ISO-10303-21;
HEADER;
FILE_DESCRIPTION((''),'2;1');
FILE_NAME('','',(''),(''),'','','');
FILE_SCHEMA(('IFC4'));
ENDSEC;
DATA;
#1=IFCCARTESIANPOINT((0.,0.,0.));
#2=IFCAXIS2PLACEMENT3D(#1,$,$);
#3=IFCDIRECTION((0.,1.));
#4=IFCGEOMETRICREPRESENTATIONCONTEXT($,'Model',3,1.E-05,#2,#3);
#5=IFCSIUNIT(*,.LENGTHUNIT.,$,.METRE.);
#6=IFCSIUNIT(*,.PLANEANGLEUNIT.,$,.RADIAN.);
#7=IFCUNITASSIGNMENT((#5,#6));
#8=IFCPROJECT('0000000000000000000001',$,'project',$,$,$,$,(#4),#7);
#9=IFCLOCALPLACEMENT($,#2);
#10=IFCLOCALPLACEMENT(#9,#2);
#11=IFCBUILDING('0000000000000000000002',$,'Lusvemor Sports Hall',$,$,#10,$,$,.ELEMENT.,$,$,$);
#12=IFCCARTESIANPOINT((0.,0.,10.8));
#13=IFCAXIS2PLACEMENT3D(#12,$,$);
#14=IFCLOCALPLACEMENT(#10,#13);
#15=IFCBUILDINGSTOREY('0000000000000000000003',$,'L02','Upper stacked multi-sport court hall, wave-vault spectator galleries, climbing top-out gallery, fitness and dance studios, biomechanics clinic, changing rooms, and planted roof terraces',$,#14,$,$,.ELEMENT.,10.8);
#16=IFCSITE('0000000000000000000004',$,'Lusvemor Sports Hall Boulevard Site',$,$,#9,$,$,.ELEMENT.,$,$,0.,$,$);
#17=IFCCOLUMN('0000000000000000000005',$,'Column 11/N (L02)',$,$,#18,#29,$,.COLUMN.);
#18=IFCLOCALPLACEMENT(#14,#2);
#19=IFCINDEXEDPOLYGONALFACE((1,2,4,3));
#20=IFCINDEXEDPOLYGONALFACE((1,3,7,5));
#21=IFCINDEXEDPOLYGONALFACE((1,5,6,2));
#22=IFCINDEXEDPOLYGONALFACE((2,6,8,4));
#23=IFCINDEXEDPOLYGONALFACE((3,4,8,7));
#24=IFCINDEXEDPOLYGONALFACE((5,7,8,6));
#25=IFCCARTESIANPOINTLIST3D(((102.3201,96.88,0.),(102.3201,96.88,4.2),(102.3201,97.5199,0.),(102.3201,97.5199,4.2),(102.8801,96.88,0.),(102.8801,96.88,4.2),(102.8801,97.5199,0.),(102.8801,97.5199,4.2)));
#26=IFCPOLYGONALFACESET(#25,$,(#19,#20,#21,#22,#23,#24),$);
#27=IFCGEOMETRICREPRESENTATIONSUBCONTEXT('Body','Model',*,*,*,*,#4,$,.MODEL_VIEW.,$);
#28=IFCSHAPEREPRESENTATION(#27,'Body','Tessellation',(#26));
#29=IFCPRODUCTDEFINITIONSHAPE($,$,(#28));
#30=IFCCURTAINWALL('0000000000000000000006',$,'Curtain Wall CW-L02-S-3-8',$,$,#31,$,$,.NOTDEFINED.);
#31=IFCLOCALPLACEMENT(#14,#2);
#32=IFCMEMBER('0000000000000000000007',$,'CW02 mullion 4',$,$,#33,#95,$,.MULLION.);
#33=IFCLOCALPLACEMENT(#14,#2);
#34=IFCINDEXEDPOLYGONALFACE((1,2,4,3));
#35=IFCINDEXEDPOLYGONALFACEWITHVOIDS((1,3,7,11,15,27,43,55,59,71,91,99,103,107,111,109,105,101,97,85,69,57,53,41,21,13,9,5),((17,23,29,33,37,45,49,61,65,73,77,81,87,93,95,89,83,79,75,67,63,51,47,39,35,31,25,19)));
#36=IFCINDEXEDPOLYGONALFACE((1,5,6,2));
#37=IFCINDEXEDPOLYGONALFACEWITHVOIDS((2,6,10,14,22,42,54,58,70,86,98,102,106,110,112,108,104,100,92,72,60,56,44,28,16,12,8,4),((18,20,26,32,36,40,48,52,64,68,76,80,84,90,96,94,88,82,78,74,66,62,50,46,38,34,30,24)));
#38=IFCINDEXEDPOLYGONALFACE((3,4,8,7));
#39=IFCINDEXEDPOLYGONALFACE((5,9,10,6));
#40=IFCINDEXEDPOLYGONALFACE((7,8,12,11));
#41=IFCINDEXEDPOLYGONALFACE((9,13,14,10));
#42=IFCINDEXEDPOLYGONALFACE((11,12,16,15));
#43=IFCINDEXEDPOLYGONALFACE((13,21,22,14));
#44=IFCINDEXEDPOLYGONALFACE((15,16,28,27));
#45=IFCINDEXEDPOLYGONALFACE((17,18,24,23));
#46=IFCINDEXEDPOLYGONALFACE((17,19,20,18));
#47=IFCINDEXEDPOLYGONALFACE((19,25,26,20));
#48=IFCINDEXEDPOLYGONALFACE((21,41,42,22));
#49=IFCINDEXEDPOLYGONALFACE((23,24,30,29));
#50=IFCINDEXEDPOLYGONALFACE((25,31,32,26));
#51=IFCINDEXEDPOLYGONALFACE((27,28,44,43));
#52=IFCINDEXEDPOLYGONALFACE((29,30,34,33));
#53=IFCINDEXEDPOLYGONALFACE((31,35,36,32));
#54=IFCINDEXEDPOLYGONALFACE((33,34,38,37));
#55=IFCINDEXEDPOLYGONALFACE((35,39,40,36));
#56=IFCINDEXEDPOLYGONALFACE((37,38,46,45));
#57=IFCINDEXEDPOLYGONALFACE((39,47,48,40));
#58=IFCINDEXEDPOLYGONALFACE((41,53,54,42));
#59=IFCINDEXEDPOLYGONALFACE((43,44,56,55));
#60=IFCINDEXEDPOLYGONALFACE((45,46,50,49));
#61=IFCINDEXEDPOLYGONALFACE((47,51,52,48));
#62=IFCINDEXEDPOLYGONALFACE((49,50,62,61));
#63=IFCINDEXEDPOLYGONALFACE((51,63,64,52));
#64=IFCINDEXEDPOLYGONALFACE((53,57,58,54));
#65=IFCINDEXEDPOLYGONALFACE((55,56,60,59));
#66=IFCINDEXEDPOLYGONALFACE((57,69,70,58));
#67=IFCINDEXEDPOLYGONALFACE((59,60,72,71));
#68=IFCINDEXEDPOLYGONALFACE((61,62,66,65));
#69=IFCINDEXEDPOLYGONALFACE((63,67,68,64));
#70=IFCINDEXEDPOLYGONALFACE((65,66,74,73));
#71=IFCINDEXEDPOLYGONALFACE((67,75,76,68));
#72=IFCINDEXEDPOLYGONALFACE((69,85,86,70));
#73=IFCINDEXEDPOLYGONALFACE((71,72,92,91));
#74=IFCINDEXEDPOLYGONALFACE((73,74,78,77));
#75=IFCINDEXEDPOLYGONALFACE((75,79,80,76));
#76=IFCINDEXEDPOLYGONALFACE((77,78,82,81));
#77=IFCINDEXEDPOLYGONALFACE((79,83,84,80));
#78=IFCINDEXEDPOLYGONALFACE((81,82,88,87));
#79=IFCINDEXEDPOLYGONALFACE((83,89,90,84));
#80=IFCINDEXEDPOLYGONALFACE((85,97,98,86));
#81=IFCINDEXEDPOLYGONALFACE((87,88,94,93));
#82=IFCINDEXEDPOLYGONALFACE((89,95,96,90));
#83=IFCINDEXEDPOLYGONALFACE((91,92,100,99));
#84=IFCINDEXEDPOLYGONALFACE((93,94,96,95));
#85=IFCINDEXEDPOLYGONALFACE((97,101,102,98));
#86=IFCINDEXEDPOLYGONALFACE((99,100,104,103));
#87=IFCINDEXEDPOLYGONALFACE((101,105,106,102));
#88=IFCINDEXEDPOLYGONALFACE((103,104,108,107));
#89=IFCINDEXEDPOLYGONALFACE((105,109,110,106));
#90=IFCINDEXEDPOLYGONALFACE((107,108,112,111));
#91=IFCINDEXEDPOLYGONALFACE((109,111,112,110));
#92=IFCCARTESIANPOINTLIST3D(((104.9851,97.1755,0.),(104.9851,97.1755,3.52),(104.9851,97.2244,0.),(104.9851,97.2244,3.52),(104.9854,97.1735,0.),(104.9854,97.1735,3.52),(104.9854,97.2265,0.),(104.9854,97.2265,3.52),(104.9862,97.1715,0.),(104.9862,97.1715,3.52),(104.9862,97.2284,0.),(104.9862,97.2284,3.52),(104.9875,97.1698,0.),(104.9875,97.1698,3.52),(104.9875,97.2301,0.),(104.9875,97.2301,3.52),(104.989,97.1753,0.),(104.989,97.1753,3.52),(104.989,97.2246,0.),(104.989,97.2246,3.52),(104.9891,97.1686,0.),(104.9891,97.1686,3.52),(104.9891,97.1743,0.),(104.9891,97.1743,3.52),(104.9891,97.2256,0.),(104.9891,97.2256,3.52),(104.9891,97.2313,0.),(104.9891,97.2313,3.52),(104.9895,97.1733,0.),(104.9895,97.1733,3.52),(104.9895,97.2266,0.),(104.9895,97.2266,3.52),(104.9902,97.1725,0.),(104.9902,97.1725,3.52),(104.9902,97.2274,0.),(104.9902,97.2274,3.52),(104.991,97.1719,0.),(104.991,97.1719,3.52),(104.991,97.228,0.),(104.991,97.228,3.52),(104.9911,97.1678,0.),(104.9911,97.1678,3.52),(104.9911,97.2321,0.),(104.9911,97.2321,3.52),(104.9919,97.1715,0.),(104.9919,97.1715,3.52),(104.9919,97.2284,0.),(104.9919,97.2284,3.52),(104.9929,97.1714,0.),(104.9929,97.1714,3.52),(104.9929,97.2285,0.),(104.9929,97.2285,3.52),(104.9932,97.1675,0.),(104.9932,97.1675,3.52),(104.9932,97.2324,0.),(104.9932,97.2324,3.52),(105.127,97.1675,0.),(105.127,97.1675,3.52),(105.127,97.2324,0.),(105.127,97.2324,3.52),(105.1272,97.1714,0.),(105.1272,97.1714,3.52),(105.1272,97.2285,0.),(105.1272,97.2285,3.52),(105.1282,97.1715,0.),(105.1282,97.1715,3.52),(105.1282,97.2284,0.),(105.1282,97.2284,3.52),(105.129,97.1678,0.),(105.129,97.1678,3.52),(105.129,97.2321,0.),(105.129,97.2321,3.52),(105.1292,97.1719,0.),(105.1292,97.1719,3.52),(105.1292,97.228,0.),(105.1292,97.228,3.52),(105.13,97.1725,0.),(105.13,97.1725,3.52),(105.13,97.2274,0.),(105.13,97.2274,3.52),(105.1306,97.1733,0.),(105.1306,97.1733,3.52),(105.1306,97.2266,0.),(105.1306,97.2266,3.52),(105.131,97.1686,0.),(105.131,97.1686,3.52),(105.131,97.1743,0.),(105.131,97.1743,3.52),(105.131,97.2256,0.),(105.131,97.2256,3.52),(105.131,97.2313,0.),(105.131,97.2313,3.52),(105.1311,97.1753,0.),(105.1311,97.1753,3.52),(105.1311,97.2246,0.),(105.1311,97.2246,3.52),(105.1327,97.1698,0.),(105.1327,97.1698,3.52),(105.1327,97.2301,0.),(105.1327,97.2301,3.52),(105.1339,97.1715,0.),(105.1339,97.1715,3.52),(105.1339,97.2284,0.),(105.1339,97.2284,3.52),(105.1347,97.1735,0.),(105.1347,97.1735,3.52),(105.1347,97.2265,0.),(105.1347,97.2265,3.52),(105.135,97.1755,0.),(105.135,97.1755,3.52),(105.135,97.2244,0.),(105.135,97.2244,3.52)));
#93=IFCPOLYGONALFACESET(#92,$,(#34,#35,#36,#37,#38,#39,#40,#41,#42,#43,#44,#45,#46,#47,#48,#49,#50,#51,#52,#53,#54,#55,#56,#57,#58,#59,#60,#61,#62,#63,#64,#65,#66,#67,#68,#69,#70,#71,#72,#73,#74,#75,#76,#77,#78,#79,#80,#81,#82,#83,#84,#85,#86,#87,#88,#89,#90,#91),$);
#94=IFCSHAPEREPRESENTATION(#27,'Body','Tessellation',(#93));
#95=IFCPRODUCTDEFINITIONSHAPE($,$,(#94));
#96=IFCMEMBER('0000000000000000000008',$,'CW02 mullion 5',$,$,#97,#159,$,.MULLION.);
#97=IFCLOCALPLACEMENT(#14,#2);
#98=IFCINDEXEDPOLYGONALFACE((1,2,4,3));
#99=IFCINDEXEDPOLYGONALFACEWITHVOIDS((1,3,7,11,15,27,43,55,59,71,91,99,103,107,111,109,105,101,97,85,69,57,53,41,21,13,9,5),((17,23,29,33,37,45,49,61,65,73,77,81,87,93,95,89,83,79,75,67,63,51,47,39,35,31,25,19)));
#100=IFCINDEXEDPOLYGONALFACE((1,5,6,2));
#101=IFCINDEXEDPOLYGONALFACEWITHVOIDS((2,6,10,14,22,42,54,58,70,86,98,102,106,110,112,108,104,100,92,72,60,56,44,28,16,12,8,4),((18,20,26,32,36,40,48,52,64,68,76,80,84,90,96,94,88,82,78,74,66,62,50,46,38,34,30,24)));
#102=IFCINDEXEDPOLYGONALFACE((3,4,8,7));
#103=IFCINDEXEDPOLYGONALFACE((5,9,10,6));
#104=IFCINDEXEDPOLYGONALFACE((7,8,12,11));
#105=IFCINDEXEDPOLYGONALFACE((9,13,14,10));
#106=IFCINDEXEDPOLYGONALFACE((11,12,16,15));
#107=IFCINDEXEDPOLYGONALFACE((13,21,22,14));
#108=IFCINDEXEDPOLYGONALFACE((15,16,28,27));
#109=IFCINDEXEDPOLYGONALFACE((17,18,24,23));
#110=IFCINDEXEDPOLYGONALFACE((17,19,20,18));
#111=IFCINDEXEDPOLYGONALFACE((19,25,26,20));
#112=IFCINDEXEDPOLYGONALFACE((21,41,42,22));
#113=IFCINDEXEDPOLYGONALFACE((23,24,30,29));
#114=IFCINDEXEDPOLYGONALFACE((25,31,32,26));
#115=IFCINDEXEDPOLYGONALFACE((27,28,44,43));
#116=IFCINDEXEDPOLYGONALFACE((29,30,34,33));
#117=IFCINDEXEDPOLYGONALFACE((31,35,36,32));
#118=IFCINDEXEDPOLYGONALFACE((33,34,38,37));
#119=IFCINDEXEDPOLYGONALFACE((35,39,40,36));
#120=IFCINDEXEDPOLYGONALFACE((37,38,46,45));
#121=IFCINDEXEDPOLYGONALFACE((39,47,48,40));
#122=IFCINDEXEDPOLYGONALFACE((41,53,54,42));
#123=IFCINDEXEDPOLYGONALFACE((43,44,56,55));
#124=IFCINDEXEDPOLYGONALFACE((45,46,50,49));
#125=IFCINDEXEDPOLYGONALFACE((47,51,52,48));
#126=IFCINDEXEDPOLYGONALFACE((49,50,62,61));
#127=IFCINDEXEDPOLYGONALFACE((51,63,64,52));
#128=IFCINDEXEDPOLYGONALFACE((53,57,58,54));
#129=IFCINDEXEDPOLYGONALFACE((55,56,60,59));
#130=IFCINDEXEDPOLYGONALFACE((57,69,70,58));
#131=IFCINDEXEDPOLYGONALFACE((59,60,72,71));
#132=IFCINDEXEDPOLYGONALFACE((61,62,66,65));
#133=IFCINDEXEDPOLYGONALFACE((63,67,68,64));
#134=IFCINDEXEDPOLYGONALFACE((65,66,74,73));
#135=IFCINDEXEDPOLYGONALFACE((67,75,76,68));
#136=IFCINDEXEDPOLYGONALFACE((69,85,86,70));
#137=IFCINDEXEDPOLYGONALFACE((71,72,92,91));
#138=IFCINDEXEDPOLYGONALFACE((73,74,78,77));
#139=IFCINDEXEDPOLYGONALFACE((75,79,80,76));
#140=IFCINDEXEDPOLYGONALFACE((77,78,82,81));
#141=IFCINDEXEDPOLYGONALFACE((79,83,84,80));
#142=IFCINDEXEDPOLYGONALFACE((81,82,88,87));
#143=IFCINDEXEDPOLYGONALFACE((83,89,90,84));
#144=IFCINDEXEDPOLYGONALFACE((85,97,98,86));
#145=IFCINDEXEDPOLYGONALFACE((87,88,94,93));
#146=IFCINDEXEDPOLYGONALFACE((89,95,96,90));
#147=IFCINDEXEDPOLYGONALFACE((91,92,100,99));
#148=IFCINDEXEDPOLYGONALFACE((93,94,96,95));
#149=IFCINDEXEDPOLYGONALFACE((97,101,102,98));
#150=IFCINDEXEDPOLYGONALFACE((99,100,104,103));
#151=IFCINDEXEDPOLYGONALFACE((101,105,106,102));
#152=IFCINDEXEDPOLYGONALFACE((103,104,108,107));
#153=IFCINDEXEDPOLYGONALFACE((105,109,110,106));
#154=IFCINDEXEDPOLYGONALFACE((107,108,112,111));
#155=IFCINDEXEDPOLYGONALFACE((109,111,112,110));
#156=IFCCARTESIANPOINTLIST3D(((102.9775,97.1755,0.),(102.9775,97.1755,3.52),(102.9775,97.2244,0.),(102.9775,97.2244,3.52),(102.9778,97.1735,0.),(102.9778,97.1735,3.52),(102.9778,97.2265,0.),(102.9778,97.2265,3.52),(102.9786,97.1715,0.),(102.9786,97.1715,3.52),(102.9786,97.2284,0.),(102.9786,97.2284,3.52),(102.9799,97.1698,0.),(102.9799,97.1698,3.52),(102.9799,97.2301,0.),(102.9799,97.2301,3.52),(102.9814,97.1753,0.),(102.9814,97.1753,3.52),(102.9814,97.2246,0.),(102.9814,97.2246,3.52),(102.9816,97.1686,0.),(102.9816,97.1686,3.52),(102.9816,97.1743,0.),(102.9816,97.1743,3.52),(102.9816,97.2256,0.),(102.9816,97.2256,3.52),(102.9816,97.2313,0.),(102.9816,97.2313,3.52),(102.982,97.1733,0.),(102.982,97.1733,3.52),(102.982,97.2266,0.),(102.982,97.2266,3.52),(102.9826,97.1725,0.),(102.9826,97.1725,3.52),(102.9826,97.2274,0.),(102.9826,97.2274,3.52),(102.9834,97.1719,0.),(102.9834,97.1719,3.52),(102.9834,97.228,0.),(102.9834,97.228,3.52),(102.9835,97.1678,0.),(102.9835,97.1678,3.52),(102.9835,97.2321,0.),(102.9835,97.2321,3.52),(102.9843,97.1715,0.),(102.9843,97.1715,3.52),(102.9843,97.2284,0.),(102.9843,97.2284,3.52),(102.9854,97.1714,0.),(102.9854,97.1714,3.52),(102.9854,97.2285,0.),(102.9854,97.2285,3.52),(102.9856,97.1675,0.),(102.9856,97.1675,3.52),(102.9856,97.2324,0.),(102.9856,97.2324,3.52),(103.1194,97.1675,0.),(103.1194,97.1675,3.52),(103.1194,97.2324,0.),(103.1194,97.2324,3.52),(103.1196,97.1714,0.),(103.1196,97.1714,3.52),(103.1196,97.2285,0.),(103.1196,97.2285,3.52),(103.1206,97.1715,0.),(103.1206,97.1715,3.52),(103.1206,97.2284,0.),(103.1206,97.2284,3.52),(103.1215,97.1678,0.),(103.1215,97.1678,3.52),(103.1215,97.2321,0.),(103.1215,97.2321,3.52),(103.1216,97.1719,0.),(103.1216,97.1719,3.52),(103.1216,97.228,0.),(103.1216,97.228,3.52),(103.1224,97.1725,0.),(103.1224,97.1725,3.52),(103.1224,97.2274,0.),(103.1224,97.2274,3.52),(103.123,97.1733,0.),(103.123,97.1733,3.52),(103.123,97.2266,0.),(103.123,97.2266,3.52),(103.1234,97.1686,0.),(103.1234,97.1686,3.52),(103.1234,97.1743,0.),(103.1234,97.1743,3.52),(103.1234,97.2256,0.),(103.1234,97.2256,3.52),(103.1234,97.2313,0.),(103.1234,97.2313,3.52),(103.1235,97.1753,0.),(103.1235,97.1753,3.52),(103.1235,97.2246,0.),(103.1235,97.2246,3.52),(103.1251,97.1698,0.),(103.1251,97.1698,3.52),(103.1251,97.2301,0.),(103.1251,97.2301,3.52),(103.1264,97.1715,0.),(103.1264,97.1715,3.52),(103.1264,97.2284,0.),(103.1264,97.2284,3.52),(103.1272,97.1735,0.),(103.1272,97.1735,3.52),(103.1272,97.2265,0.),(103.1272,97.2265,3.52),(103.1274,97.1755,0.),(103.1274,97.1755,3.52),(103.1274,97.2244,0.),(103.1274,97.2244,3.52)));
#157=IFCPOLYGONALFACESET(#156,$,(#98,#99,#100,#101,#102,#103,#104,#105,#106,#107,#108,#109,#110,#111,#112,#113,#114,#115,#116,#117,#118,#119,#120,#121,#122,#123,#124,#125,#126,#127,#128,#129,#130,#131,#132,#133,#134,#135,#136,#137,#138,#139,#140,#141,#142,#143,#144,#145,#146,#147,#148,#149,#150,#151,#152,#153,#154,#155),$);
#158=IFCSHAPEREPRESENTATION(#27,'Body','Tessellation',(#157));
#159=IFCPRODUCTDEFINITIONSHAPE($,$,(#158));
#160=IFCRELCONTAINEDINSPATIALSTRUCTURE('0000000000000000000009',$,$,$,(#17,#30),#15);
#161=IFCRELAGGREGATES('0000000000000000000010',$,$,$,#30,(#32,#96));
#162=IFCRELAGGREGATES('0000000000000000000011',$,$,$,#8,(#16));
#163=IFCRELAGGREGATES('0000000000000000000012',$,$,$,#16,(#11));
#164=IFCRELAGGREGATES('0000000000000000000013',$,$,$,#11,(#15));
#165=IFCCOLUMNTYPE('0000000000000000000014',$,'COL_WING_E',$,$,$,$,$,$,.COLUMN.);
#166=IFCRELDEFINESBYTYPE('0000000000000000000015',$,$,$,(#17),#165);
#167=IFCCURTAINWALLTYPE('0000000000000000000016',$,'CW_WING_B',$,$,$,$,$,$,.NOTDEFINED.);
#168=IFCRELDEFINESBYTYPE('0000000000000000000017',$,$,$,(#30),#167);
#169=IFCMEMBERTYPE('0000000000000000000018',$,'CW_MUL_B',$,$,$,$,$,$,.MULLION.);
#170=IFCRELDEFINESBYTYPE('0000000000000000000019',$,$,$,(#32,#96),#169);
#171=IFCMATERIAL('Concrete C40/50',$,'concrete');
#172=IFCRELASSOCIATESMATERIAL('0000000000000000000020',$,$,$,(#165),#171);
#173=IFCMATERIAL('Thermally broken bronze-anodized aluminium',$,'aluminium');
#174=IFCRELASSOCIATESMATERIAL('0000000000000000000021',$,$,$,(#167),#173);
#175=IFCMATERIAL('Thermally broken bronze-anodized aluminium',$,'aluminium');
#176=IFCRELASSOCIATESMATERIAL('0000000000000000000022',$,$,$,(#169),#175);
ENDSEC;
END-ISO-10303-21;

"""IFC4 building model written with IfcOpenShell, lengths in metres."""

from ifc_helpers import new_model, si_unit, direction, frame, origin, origin_2d, place, context, subcontext, project, spatial, rectangle, hollow_rectangle, extrude, material, material_profile, profile_set, type_object, element, aggregate, save


model = new_model("IFC4")

# Units and contexts
model_context = context("Model", 3, precision=1e-05, world=origin(), true_north=direction((0.0, 1.0)))
body_context = subcontext(model_context, "Body", "Model", "MODEL_VIEW")
ifc_project = project(units=[si_unit("LENGTHUNIT", "METRE"), si_unit("PLANEANGLEUNIT", "RADIAN")], contexts=[model_context])

# Site, building, storey
site_placement = place(None, origin())
site = spatial("IfcSite", under=ifc_project, at=site_placement, Name="Lusvemor Sports Hall Boulevard Site", CompositionType="ELEMENT", RefElevation=0.0)
building_placement = place(site_placement, origin())
building = spatial("IfcBuilding", under=site, at=building_placement, Name="Lusvemor Sports Hall", CompositionType="ELEMENT")
storey_placement = place(building_placement, frame((0.0, 0.0, 10.8)))
storey = spatial("IfcBuildingStorey", under=building, at=storey_placement, Name="L02", Description="Upper stacked multi-sport court hall, wave-vault spectator galleries, climbing top-out gallery, fitness and dance studios, biomechanics clinic, changing rooms, and planted roof terraces", CompositionType="ELEMENT", Elevation=10.8)

# Column
ifc_material_1 = material(Name="Concrete C40/50", Category="concrete")
ifc_material_profile_1 = material_profile(ifc_material_1, rectangle(XDim=0.5601, YDim=0.6399, at=origin_2d()), Name="RC560x640")
ifc_profile_set_1 = profile_set([ifc_material_profile_1], Name="Concrete C40/50")
column_type = type_object("IfcColumnType", Name="COL_WING_E", PredefinedType="COLUMN", material=ifc_profile_set_1)
column_placement = place(storey_placement, frame((102.6001, 97.2, 0.0), z_axis=(0.0, 0.0, 1.0), x_axis=(1.0, 0.0, 0.0)))
element("IfcColumn", 1, at=column_placement, inside=storey, type_object=column_type, Name="Column 11/N (L02)", PredefinedType="COLUMN", context=body_context, shape_type="SweptSolid", body=[
    extrude(rectangle(XDim=0.5601, YDim=0.6399, at=origin_2d()), origin(), (0.0, 0.0, 1.0), 4.2),
])

# Curtain wall, members
ifc_material_2 = material(Name="Thermally broken bronze-anodized aluminium", Category="aluminium")
curtain_wall_type = type_object("IfcCurtainWallType", Name="CW_WING_B", PredefinedType="NOTDEFINED", material=ifc_material_2)
curtain_wall_placement = place(storey_placement, origin())
curtain_wall = element("IfcCurtainWall", 2, at=curtain_wall_placement, inside=storey, type_object=curtain_wall_type, Name="Curtain Wall CW-L02-S-3-8", PredefinedType="NOTDEFINED")
ifc_material_3 = material(Name="Thermally broken bronze-anodized aluminium", Category="aluminium")
ifc_material_profile_2 = material_profile(ifc_material_3, hollow_rectangle(XDim=0.0649, YDim=0.1499, WallThickness=0.0039, InnerFilletRadius=0.0039, OuterFilletRadius=0.0081, at=origin_2d()), Name="CWMUL150x65x4")
ifc_profile_set_2 = profile_set([ifc_material_profile_2], Name="Thermally broken bronze-anodized aluminium")
member_type_1 = type_object("IfcMemberType", Name="CW_MUL_B", PredefinedType="MULLION", material=ifc_profile_set_2)
member_1_placement = place(storey_placement, frame((105.0601, 97.2, 0.0), z_axis=(0.0, 0.0, 1.0), x_axis=(0.0, -1.0, 0.0)))
member_1 = element("IfcMember", 3, at=member_1_placement, type_object=member_type_1, Name="CW02 mullion 4", PredefinedType="MULLION", context=body_context, shape_type="SweptSolid", body=[
    extrude(hollow_rectangle(XDim=0.0649, YDim=0.1499, WallThickness=0.0039, InnerFilletRadius=0.0039, OuterFilletRadius=0.0081, at=origin_2d()), origin(), (0.0, 0.0, 1.0), 3.52),
])
member_2_placement = place(storey_placement, frame((103.0525, 97.2, 0.0), z_axis=(0.0, 0.0, 1.0), x_axis=(0.0, -1.0, 0.0)))
member_2 = element("IfcMember", 4, at=member_2_placement, type_object=member_type_1, Name="CW02 mullion 5", PredefinedType="MULLION", context=body_context, shape_type="SweptSolid", body=[
    extrude(hollow_rectangle(XDim=0.0649, YDim=0.1499, WallThickness=0.0039, InnerFilletRadius=0.0039, OuterFilletRadius=0.0081, at=origin_2d()), origin(), (0.0, 0.0, 1.0), 3.52),
])

aggregate(curtain_wall, [member_1, member_2])

save(model, "model.ifc")
